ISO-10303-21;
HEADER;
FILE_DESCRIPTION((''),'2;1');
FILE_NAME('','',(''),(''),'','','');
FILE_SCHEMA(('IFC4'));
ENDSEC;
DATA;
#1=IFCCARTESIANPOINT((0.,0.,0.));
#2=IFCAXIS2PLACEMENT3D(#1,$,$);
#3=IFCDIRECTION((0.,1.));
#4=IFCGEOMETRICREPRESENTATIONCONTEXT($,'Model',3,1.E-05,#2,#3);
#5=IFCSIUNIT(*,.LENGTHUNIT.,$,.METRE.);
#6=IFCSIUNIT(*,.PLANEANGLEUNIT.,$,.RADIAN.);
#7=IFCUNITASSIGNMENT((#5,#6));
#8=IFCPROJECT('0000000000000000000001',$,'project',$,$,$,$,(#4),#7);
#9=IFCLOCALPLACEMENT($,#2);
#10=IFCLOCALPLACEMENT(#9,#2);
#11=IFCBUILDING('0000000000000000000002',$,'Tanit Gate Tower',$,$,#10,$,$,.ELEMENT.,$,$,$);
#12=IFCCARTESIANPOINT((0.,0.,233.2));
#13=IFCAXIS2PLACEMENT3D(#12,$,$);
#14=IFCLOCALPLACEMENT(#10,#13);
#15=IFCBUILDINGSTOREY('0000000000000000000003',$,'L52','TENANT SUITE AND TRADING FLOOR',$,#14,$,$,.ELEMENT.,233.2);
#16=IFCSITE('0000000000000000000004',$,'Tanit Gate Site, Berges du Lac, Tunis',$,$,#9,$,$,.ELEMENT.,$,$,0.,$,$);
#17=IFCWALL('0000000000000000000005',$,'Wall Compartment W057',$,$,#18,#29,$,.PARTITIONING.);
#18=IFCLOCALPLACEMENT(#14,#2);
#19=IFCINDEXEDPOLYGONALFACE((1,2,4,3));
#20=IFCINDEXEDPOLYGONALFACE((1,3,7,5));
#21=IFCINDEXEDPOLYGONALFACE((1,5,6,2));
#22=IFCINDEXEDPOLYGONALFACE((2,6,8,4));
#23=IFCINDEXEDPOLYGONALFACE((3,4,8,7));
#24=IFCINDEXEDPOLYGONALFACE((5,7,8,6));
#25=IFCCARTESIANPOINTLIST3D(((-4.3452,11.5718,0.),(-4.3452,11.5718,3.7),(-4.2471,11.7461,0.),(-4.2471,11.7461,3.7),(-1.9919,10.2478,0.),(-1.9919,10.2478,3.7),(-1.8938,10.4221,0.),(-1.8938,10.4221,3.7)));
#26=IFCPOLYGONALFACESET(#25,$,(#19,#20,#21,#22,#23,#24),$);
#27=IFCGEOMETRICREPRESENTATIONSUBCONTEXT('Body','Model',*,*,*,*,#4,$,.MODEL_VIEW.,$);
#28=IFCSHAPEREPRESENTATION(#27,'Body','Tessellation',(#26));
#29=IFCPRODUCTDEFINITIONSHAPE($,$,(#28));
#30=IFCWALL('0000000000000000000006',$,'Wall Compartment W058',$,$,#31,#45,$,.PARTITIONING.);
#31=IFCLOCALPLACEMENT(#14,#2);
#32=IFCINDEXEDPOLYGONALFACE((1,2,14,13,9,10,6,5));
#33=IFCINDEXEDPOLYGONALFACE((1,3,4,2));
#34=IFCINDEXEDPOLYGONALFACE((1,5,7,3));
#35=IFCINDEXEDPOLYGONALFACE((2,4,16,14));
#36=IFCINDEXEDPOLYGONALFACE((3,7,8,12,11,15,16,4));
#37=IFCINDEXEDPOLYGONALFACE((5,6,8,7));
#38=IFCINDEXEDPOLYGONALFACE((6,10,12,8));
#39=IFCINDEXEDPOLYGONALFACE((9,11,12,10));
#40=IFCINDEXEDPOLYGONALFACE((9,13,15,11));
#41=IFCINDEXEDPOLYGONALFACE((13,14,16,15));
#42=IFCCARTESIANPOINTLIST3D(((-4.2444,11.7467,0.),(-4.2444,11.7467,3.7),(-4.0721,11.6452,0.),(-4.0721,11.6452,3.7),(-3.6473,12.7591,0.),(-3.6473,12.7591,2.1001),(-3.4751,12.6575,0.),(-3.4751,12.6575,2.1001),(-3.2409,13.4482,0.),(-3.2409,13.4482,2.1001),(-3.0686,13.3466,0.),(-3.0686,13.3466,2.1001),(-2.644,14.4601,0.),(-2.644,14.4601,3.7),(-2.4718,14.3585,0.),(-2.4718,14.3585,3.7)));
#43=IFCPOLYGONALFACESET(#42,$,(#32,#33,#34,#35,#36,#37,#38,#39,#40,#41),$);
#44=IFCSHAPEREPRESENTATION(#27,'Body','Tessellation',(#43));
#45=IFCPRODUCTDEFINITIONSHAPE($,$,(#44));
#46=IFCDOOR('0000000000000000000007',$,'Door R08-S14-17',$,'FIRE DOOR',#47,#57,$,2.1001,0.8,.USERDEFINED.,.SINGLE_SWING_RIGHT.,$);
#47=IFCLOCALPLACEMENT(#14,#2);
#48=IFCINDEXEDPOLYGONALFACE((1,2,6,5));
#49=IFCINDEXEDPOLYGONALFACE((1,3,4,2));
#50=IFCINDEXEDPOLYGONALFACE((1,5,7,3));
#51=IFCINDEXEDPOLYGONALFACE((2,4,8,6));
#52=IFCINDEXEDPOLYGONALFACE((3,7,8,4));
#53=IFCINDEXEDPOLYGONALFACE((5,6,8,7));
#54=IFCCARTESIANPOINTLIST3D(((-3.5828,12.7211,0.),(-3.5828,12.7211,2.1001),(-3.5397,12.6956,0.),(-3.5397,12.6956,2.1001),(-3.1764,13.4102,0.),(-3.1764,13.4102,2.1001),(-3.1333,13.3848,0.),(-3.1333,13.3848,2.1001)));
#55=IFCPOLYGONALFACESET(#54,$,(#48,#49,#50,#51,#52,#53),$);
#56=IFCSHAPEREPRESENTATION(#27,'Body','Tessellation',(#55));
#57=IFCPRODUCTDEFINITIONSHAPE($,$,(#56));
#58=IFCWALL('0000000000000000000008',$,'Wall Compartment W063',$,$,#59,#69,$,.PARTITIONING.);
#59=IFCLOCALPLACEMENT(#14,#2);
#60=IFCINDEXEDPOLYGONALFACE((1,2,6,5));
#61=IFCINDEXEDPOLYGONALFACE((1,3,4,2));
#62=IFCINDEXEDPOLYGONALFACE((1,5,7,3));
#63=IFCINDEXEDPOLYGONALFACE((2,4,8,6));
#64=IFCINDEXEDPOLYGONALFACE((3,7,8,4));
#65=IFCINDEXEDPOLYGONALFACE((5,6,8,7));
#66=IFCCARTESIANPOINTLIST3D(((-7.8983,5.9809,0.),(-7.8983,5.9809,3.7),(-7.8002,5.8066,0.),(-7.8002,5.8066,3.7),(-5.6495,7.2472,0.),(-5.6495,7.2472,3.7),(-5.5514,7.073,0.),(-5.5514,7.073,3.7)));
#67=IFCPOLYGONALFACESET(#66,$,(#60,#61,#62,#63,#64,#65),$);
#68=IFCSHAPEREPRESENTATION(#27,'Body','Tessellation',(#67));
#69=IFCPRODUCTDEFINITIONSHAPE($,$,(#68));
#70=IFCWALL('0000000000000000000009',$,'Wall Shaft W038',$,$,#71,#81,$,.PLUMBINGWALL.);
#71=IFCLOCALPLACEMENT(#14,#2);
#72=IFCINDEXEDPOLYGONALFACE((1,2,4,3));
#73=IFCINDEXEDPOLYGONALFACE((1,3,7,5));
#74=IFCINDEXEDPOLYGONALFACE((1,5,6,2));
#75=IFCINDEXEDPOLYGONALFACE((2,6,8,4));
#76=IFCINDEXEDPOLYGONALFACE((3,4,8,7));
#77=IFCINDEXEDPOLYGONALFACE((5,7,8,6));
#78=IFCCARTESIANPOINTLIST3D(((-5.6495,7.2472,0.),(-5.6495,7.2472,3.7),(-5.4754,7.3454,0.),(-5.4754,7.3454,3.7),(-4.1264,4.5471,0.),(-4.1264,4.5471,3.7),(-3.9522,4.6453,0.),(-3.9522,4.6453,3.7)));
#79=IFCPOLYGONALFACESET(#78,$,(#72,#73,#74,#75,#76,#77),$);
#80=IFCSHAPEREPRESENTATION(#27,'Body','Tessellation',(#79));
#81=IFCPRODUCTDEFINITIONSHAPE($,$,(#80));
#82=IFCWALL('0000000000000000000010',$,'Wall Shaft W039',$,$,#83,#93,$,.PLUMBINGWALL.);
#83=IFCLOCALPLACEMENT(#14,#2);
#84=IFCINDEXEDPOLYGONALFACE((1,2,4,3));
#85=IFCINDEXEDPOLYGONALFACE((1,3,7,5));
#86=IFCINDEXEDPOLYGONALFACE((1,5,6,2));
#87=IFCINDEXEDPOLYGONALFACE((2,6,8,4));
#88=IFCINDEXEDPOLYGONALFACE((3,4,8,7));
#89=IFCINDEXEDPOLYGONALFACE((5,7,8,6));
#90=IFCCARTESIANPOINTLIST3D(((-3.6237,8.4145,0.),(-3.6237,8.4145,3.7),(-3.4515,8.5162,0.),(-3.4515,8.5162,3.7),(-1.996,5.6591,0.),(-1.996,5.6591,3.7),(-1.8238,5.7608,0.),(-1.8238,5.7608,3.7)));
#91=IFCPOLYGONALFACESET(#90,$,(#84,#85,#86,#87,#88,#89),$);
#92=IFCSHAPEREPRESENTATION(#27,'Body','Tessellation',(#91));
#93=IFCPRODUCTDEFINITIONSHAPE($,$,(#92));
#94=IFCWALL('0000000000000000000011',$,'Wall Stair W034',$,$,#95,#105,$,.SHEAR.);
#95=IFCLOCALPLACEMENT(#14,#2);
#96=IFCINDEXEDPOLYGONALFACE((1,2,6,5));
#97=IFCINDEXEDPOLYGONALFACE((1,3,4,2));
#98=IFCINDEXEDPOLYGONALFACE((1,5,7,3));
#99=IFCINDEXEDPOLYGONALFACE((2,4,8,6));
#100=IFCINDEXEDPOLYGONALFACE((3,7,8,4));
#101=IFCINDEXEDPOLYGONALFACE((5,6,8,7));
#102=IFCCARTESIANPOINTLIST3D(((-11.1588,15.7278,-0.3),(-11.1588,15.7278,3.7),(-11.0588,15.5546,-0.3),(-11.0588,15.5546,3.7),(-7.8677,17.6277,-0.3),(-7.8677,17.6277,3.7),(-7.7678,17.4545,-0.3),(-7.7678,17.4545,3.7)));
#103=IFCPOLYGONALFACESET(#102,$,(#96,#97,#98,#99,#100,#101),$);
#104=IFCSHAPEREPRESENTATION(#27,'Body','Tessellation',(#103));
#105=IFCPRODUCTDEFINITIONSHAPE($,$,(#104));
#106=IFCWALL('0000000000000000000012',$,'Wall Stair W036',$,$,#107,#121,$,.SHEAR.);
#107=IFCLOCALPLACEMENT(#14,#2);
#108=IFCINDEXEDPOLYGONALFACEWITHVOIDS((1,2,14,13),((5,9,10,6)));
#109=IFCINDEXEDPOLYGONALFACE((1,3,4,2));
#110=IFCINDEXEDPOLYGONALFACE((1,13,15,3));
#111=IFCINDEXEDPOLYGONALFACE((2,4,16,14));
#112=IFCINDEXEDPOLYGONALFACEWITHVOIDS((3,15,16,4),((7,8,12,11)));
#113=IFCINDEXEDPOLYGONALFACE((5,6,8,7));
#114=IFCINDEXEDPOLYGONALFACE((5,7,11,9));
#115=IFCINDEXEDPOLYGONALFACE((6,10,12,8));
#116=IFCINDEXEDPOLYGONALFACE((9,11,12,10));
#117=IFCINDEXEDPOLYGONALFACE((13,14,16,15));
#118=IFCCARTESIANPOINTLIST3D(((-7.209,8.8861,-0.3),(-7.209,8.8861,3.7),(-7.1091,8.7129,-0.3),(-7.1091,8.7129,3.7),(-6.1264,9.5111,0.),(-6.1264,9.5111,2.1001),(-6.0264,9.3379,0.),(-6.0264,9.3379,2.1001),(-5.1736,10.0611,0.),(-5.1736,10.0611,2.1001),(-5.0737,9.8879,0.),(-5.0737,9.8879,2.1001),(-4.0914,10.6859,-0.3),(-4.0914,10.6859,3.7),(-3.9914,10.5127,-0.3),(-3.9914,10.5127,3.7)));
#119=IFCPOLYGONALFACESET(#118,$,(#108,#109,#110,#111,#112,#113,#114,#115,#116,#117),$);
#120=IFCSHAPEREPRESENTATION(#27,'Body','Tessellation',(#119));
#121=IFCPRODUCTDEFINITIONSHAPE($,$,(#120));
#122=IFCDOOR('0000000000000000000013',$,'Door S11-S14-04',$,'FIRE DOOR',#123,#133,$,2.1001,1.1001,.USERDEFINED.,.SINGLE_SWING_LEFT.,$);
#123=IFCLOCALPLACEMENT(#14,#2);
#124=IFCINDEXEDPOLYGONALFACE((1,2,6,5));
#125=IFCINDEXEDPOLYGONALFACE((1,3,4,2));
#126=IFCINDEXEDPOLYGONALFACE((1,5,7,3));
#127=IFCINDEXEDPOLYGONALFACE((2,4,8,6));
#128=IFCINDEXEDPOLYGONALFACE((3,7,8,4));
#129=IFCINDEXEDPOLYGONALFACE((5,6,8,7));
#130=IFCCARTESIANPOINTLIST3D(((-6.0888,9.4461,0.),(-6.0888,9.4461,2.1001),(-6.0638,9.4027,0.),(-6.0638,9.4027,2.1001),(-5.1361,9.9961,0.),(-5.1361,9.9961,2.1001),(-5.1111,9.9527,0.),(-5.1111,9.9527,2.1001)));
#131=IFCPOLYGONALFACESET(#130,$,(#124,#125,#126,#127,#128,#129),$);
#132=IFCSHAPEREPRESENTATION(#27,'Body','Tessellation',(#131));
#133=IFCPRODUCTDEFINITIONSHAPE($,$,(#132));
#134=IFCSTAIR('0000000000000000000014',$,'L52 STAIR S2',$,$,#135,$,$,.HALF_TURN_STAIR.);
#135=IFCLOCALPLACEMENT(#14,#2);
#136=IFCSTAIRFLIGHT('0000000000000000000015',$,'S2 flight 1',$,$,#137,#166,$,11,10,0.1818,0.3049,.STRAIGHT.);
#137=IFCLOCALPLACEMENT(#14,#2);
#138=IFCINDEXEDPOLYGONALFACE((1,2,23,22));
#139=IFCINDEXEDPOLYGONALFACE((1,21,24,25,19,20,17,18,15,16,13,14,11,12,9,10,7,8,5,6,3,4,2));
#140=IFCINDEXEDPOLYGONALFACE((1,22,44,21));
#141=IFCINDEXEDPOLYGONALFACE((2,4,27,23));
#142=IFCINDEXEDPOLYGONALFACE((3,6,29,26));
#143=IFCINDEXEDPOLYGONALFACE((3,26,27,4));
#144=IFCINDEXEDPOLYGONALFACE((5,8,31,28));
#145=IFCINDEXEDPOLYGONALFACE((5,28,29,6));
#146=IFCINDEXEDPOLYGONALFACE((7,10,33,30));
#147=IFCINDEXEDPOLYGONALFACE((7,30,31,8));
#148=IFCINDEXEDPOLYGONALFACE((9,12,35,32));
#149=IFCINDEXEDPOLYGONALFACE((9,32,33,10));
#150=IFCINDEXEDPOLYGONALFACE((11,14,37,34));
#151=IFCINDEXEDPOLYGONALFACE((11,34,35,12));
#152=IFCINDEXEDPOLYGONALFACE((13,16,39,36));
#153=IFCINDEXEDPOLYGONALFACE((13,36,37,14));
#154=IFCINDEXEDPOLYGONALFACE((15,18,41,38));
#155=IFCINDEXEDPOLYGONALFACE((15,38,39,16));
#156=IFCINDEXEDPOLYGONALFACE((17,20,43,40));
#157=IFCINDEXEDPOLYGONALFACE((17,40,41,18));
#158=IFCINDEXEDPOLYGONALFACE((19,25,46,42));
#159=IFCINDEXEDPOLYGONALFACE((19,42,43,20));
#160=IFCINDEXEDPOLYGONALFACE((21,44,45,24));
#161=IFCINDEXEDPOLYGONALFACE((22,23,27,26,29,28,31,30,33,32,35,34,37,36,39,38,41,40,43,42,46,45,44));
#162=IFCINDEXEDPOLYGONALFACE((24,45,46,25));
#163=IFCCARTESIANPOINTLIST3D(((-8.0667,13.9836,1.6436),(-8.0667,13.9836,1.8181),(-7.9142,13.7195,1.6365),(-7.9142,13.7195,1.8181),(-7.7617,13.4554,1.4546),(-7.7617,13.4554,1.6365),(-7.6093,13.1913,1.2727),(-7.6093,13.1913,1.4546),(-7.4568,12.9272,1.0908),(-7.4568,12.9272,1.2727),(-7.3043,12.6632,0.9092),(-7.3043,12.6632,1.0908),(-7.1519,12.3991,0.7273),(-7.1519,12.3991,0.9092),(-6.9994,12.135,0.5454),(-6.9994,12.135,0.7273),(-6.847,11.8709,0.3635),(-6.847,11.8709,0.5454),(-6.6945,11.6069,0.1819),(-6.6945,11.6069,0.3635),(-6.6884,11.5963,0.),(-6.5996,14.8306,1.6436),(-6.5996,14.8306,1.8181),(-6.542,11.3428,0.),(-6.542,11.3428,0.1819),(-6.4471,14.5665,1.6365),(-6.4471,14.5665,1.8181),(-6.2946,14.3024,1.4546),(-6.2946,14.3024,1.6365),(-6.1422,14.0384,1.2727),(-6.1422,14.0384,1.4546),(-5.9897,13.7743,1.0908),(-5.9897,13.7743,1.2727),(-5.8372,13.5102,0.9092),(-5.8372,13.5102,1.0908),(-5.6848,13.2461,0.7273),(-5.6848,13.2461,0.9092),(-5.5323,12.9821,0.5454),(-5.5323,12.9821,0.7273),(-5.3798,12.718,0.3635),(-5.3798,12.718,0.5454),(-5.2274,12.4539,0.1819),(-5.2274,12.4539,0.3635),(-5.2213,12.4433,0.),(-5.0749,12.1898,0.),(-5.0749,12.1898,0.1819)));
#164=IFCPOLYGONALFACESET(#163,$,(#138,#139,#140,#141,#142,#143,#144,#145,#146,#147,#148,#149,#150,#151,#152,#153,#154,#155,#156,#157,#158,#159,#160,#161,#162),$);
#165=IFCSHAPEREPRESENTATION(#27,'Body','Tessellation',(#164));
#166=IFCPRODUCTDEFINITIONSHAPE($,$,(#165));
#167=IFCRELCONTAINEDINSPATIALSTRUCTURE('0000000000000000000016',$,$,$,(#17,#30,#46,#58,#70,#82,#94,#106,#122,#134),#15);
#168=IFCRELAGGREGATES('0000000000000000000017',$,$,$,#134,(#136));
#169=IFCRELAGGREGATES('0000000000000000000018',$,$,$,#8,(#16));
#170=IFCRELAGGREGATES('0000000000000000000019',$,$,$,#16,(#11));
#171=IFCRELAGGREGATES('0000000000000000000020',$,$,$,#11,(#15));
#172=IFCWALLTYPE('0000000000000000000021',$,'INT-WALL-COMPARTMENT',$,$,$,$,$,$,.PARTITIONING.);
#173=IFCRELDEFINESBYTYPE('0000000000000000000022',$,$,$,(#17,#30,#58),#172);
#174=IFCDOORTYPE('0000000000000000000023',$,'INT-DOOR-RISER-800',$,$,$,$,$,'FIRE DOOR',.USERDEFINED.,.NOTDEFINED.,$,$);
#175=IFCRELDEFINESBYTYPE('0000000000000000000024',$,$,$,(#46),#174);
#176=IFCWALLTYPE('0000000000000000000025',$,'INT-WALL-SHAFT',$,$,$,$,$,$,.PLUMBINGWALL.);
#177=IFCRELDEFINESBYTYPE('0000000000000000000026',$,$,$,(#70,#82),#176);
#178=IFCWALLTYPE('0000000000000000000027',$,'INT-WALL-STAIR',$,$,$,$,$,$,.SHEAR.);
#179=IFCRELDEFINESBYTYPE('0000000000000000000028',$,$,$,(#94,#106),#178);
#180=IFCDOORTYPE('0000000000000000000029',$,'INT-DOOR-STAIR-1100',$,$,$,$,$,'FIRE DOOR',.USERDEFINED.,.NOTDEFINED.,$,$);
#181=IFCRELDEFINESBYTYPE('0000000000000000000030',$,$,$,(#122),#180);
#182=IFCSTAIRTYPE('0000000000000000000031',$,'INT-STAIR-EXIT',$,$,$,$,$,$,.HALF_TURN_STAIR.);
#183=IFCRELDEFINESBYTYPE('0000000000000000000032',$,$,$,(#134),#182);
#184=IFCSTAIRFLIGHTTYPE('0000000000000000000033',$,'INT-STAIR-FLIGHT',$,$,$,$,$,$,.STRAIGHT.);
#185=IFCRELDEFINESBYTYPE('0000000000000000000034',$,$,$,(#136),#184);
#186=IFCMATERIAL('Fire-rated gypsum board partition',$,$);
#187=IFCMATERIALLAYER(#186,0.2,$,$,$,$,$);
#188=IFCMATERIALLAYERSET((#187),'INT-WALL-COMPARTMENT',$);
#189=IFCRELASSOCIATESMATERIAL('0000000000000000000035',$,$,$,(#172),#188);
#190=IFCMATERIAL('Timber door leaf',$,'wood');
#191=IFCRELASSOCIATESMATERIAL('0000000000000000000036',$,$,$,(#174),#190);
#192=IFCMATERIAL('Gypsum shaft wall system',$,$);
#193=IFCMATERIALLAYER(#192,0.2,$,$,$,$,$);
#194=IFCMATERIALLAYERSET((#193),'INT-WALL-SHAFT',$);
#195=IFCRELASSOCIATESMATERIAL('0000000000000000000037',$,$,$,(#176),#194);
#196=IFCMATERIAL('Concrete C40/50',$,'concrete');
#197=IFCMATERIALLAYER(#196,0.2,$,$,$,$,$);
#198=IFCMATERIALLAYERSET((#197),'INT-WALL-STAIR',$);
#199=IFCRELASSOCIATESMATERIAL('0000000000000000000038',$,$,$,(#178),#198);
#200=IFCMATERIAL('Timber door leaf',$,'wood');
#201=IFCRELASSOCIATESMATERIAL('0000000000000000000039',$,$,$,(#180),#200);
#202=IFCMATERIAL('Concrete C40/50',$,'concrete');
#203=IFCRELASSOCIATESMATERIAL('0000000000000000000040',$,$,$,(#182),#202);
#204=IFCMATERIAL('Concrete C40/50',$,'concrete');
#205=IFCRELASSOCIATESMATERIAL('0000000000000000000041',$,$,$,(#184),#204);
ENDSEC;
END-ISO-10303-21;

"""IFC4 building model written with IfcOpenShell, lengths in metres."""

from ifc_helpers import new_model, si_unit, direction, frame, frame_2d, origin, place, context, subcontext, project, spatial, polyline, rectangle, outline, extrude, material, layer, layer_set, type_object, element, fill, aggregate, save


model = new_model("IFC4")

# Units and contexts
model_context = context("Model", 3, precision=1e-05, world=origin(), true_north=direction((0.0, 1.0)))
body_context = subcontext(model_context, "Body", "Model", "MODEL_VIEW")
ifc_project = project(units=[si_unit("LENGTHUNIT", "METRE"), si_unit("PLANEANGLEUNIT", "RADIAN")], contexts=[model_context])

# Site, building, storey
site_placement = place(None, origin())
site = spatial("IfcSite", under=ifc_project, at=site_placement, Name="Tanit Gate Site, Berges du Lac, Tunis", CompositionType="ELEMENT", RefElevation=0.0)
building_placement = place(site_placement, origin())
building = spatial("IfcBuilding", under=site, at=building_placement, Name="Tanit Gate Tower", CompositionType="ELEMENT")
storey_placement = place(building_placement, frame((0.0, 0.0, 233.2)))
storey = spatial("IfcBuildingStorey", under=building, at=storey_placement, Name="L52", Description="TENANT SUITE AND TRADING FLOOR", CompositionType="ELEMENT", Elevation=233.2)

# Wall
ifc_material_1 = material(Name="Fire-rated gypsum board partition")
ifc_layer_1 = layer(ifc_material_1, 0.2)
ifc_layer_set_1 = layer_set([ifc_layer_1], Name="INT-WALL-COMPARTMENT")
wall_type_1 = type_object("IfcWallType", Name="INT-WALL-COMPARTMENT", PredefinedType="PARTITIONING", material=ifc_layer_set_1)
wall_1_placement = place(storey_placement, frame((-4.2961, 11.6589, 0.0), z_axis=(0.0, 0.0, 1.0), x_axis=(0.871534, -0.490334, 0.0)))
element("IfcWall", 1, at=wall_1_placement, inside=storey, type_object=wall_type_1, Name="Wall Compartment W057", PredefinedType="PARTITIONING", context=body_context, shape_type="SweptSolid", body=[
    extrude(rectangle(XDim=2.7002, YDim=0.2, at=frame_2d((1.3501, 0.0))), origin(), (0.0, 0.0, 1.0), 3.7),
])

# Wall, opening, door
wall_2_placement = place(storey_placement, frame((-2.5579, 14.4094, 0.0), z_axis=(0.0, 0.0, 1.0), x_axis=(-0.508019, -0.861346, 0.0)))
wall_2 = element("IfcWall", 2, at=wall_2_placement, inside=storey, type_object=wall_type_1, Name="Wall Compartment W058", PredefinedType="PARTITIONING", context=body_context, shape_type="SweptSolid", body=[
    extrude(rectangle(XDim=3.1501, YDim=0.2, at=frame_2d((1.5752, 0.0))), origin(), (0.0, 0.0, 1.0), 3.7),
])
opening_1_placement = place(wall_2_placement, frame((1.175, 0.0, 0.0)))
opening_1 = element("IfcOpeningElement", 3, at=opening_1_placement, cuts=wall_2, PredefinedType="OPENING", context=body_context, shape_type="SweptSolid", body=[
    extrude(rectangle(XDim=0.8, YDim=2.1001, at=frame_2d((0.3999, 1.05))), frame((0.0, 0.1099, 0.0), z_axis=(0.0, -1.0, 0.0), x_axis=(1.0, 0.0, 0.0)), (0.0, 0.0, 1.0), 0.22),
])
ifc_material_2 = material(Name="Timber door leaf", Category="wood")
door_type_1 = type_object("IfcDoorType", Name="INT-DOOR-RISER-800", ElementType="FIRE DOOR", OperationType="NOTDEFINED", PredefinedType="USERDEFINED", material=ifc_material_2)
door_1_placement = place(opening_1_placement, origin())
door_1 = element("IfcDoor", 4, at=door_1_placement, inside=storey, type_object=door_type_1, Name="Door R08-S14-17", ObjectType="FIRE DOOR", OperationType="SINGLE_SWING_RIGHT", OverallHeight=2.1001, OverallWidth=0.8, PredefinedType="USERDEFINED", context=body_context, shape_type="SweptSolid", body=[
    extrude(rectangle(XDim=0.8, YDim=2.1001, at=frame_2d((0.3999, 1.05))), frame((0.0, 0.0249, 0.0), z_axis=(0.0, -1.0, 0.0), x_axis=(1.0, 0.0, 0.0)), (0.0, 0.0, 1.0), 0.05),
])
fill(opening_1, door_1)

# Wall
wall_3_placement = place(storey_placement, frame((-5.6003, 7.1602, 0.0), z_axis=(0.0, 0.0, 1.0), x_axis=(-0.87134, -0.490679, 0.0)))
element("IfcWall", 5, at=wall_3_placement, inside=storey, type_object=wall_type_1, Name="Wall Compartment W063", PredefinedType="PARTITIONING", context=body_context, shape_type="SweptSolid", body=[
    extrude(rectangle(XDim=2.5808, YDim=0.2, at=frame_2d((1.2905, 0.0))), origin(), (0.0, 0.0, 1.0), 3.7),
])

# Shared definitions
ifc_material_3 = material(Name="Gypsum shaft wall system")
ifc_layer_2 = layer(ifc_material_3, 0.2)
ifc_layer_set_2 = layer_set([ifc_layer_2], Name="INT-WALL-SHAFT")
wall_type_2 = type_object("IfcWallType", Name="INT-WALL-SHAFT", PredefinedType="PLUMBINGWALL", material=ifc_layer_set_2)

# Walls
wall_4_placement = place(storey_placement, frame((-4.0393, 4.5962, 0.0), z_axis=(0.0, 0.0, 1.0), x_axis=(-0.491323, 0.870978, 0.0)))
element("IfcWall", 6, at=wall_4_placement, inside=storey, type_object=wall_type_2, Name="Wall Shaft W038", PredefinedType="PLUMBINGWALL", context=body_context, shape_type="SweptSolid", body=[
    extrude(rectangle(XDim=3.1001, YDim=0.2, at=frame_2d((1.55, 0.0))), origin(), (0.0, 0.0, 1.0), 3.7),
])
wall_5_placement = place(storey_placement, frame((-3.5376, 8.4653, 0.0), z_axis=(0.0, 0.0, 1.0), x_axis=(0.508616, -0.860993, 0.0)))
element("IfcWall", 7, at=wall_5_placement, inside=storey, type_object=wall_type_2, Name="Wall Shaft W039", PredefinedType="PLUMBINGWALL", context=body_context, shape_type="SweptSolid", body=[
    extrude(rectangle(XDim=3.2002, YDim=0.2, at=frame_2d((1.6001, 0.0))), origin(), (0.0, 0.0, 1.0), 3.7),
])
ifc_material_4 = material(Name="Concrete C40/50", Category="concrete")
ifc_layer_3 = layer(ifc_material_4, 0.2)
ifc_layer_set_3 = layer_set([ifc_layer_3], Name="INT-WALL-STAIR")
wall_type_3 = type_object("IfcWallType", Name="INT-WALL-STAIR", PredefinedType="SHEAR", material=ifc_layer_set_3)
wall_6_placement = place(storey_placement, frame((-7.8179, 17.541, -0.3), z_axis=(0.0, 0.0, 1.0), x_axis=(-0.866044, -0.499967, 0.0)))
element("IfcWall", 8, at=wall_6_placement, inside=storey, type_object=wall_type_3, Name="Wall Stair W034", PredefinedType="SHEAR", context=body_context, shape_type="SweptSolid", body=[
    extrude(rectangle(XDim=3.8, YDim=0.2, at=frame_2d((1.8999, 0.0))), origin(), (0.0, 0.0, 1.0), 4.0),
])

# Wall, opening, door
wall_7_placement = place(storey_placement, frame((-7.1589, 8.7996, -0.3), z_axis=(0.0, 0.0, 1.0), x_axis=(0.866048, 0.499961, 0.0)))
wall_7 = element("IfcWall", 9, at=wall_7_placement, inside=storey, type_object=wall_type_3, Name="Wall Stair W036", PredefinedType="SHEAR", context=body_context, shape_type="SweptSolid", body=[
    extrude(rectangle(XDim=3.5999, YDim=0.2, at=frame_2d((1.7998, 0.0))), origin(), (0.0, 0.0, 1.0), 4.0),
])
opening_2_placement = place(wall_7_placement, frame((1.25, 0.0, 0.3)))
opening_2 = element("IfcOpeningElement", 10, at=opening_2_placement, cuts=wall_7, PredefinedType="OPENING", context=body_context, shape_type="SweptSolid", body=[
    extrude(rectangle(XDim=1.1001, YDim=2.1001, at=frame_2d((0.55, 1.05))), frame((0.0, 0.1099, 0.0), z_axis=(0.0, -1.0, 0.0), x_axis=(1.0, 0.0, 0.0)), (0.0, 0.0, 1.0), 0.22),
])
ifc_material_5 = material(Name="Timber door leaf", Category="wood")
door_type_2 = type_object("IfcDoorType", Name="INT-DOOR-STAIR-1100", ElementType="FIRE DOOR", OperationType="NOTDEFINED", PredefinedType="USERDEFINED", material=ifc_material_5)
door_2_placement = place(opening_2_placement, origin())
door_2 = element("IfcDoor", 11, at=door_2_placement, inside=storey, type_object=door_type_2, Name="Door S11-S14-04", ObjectType="FIRE DOOR", OperationType="SINGLE_SWING_LEFT", OverallHeight=2.1001, OverallWidth=1.1001, PredefinedType="USERDEFINED", context=body_context, shape_type="SweptSolid", body=[
    extrude(rectangle(XDim=1.1001, YDim=2.1001, at=frame_2d((0.55, 1.05))), frame((0.0, 0.0249, 0.0), z_axis=(0.0, -1.0, 0.0), x_axis=(1.0, 0.0, 0.0)), (0.0, 0.0, 1.0), 0.05),
])
fill(opening_2, door_2)

# Stair, stair flight
ifc_material_6 = material(Name="Concrete C40/50", Category="concrete")
stair_type = type_object("IfcStairType", Name="INT-STAIR-EXIT", PredefinedType="HALF_TURN_STAIR", material=ifc_material_6)
stair_placement = place(storey_placement, origin())
stair = element("IfcStair", 12, at=stair_placement, inside=storey, type_object=stair_type, Name="L52 STAIR S2", PredefinedType="HALF_TURN_STAIR")
ifc_material_7 = material(Name="Concrete C40/50", Category="concrete")
stair_flight_type = type_object("IfcStairFlightType", Name="INT-STAIR-FLIGHT", PredefinedType="STRAIGHT", material=ifc_material_7)
stair_flight_placement = place(storey_placement, frame((-5.8083, 11.7664, 0.0), z_axis=(0.0, 0.0, 1.0), x_axis=(-0.5, 0.866025, 0.0)))
stair_flight = element("IfcStairFlight", 13, at=stair_flight_placement, type_object=stair_flight_type, Name="S2 flight 1", NumberOfRisers=11, NumberOfTreads=10, PredefinedType="STRAIGHT", RiserHeight=0.1818, TreadLength=0.3049, context=body_context, shape_type="SweptSolid", body=[
    extrude(outline(polyline([(0.0, 0.0), (0.0, 0.1819), (0.3049, 0.1819), (0.3049, 0.3635), (0.6099, 0.3635), (0.6099, 0.5454), (0.9148, 0.5454), (0.9148, 0.7273), (1.2197, 0.7273), (1.2197, 0.9092), (1.5247, 0.9092), (1.5247, 1.0908), (1.8296, 1.0908), (1.8296, 1.2727), (2.1345, 1.2727), (2.1345, 1.4546), (2.4395, 1.4546), (2.4395, 1.6365), (2.7444, 1.6365), (2.7444, 1.8181), (3.0493, 1.8181), (3.0493, 2.0), (3.0493, 1.6436), (0.2927, 0.0), (0.0, 0.0)])), frame((0.0, 0.8472, 0.0), z_axis=(0.0, -1.0, 0.0), x_axis=(1.0, 0.0, 0.0)), (0.0, 0.0, 1.0), 1.6941),
])
aggregate(stair, [stair_flight])

save(model, "model.ifc")
